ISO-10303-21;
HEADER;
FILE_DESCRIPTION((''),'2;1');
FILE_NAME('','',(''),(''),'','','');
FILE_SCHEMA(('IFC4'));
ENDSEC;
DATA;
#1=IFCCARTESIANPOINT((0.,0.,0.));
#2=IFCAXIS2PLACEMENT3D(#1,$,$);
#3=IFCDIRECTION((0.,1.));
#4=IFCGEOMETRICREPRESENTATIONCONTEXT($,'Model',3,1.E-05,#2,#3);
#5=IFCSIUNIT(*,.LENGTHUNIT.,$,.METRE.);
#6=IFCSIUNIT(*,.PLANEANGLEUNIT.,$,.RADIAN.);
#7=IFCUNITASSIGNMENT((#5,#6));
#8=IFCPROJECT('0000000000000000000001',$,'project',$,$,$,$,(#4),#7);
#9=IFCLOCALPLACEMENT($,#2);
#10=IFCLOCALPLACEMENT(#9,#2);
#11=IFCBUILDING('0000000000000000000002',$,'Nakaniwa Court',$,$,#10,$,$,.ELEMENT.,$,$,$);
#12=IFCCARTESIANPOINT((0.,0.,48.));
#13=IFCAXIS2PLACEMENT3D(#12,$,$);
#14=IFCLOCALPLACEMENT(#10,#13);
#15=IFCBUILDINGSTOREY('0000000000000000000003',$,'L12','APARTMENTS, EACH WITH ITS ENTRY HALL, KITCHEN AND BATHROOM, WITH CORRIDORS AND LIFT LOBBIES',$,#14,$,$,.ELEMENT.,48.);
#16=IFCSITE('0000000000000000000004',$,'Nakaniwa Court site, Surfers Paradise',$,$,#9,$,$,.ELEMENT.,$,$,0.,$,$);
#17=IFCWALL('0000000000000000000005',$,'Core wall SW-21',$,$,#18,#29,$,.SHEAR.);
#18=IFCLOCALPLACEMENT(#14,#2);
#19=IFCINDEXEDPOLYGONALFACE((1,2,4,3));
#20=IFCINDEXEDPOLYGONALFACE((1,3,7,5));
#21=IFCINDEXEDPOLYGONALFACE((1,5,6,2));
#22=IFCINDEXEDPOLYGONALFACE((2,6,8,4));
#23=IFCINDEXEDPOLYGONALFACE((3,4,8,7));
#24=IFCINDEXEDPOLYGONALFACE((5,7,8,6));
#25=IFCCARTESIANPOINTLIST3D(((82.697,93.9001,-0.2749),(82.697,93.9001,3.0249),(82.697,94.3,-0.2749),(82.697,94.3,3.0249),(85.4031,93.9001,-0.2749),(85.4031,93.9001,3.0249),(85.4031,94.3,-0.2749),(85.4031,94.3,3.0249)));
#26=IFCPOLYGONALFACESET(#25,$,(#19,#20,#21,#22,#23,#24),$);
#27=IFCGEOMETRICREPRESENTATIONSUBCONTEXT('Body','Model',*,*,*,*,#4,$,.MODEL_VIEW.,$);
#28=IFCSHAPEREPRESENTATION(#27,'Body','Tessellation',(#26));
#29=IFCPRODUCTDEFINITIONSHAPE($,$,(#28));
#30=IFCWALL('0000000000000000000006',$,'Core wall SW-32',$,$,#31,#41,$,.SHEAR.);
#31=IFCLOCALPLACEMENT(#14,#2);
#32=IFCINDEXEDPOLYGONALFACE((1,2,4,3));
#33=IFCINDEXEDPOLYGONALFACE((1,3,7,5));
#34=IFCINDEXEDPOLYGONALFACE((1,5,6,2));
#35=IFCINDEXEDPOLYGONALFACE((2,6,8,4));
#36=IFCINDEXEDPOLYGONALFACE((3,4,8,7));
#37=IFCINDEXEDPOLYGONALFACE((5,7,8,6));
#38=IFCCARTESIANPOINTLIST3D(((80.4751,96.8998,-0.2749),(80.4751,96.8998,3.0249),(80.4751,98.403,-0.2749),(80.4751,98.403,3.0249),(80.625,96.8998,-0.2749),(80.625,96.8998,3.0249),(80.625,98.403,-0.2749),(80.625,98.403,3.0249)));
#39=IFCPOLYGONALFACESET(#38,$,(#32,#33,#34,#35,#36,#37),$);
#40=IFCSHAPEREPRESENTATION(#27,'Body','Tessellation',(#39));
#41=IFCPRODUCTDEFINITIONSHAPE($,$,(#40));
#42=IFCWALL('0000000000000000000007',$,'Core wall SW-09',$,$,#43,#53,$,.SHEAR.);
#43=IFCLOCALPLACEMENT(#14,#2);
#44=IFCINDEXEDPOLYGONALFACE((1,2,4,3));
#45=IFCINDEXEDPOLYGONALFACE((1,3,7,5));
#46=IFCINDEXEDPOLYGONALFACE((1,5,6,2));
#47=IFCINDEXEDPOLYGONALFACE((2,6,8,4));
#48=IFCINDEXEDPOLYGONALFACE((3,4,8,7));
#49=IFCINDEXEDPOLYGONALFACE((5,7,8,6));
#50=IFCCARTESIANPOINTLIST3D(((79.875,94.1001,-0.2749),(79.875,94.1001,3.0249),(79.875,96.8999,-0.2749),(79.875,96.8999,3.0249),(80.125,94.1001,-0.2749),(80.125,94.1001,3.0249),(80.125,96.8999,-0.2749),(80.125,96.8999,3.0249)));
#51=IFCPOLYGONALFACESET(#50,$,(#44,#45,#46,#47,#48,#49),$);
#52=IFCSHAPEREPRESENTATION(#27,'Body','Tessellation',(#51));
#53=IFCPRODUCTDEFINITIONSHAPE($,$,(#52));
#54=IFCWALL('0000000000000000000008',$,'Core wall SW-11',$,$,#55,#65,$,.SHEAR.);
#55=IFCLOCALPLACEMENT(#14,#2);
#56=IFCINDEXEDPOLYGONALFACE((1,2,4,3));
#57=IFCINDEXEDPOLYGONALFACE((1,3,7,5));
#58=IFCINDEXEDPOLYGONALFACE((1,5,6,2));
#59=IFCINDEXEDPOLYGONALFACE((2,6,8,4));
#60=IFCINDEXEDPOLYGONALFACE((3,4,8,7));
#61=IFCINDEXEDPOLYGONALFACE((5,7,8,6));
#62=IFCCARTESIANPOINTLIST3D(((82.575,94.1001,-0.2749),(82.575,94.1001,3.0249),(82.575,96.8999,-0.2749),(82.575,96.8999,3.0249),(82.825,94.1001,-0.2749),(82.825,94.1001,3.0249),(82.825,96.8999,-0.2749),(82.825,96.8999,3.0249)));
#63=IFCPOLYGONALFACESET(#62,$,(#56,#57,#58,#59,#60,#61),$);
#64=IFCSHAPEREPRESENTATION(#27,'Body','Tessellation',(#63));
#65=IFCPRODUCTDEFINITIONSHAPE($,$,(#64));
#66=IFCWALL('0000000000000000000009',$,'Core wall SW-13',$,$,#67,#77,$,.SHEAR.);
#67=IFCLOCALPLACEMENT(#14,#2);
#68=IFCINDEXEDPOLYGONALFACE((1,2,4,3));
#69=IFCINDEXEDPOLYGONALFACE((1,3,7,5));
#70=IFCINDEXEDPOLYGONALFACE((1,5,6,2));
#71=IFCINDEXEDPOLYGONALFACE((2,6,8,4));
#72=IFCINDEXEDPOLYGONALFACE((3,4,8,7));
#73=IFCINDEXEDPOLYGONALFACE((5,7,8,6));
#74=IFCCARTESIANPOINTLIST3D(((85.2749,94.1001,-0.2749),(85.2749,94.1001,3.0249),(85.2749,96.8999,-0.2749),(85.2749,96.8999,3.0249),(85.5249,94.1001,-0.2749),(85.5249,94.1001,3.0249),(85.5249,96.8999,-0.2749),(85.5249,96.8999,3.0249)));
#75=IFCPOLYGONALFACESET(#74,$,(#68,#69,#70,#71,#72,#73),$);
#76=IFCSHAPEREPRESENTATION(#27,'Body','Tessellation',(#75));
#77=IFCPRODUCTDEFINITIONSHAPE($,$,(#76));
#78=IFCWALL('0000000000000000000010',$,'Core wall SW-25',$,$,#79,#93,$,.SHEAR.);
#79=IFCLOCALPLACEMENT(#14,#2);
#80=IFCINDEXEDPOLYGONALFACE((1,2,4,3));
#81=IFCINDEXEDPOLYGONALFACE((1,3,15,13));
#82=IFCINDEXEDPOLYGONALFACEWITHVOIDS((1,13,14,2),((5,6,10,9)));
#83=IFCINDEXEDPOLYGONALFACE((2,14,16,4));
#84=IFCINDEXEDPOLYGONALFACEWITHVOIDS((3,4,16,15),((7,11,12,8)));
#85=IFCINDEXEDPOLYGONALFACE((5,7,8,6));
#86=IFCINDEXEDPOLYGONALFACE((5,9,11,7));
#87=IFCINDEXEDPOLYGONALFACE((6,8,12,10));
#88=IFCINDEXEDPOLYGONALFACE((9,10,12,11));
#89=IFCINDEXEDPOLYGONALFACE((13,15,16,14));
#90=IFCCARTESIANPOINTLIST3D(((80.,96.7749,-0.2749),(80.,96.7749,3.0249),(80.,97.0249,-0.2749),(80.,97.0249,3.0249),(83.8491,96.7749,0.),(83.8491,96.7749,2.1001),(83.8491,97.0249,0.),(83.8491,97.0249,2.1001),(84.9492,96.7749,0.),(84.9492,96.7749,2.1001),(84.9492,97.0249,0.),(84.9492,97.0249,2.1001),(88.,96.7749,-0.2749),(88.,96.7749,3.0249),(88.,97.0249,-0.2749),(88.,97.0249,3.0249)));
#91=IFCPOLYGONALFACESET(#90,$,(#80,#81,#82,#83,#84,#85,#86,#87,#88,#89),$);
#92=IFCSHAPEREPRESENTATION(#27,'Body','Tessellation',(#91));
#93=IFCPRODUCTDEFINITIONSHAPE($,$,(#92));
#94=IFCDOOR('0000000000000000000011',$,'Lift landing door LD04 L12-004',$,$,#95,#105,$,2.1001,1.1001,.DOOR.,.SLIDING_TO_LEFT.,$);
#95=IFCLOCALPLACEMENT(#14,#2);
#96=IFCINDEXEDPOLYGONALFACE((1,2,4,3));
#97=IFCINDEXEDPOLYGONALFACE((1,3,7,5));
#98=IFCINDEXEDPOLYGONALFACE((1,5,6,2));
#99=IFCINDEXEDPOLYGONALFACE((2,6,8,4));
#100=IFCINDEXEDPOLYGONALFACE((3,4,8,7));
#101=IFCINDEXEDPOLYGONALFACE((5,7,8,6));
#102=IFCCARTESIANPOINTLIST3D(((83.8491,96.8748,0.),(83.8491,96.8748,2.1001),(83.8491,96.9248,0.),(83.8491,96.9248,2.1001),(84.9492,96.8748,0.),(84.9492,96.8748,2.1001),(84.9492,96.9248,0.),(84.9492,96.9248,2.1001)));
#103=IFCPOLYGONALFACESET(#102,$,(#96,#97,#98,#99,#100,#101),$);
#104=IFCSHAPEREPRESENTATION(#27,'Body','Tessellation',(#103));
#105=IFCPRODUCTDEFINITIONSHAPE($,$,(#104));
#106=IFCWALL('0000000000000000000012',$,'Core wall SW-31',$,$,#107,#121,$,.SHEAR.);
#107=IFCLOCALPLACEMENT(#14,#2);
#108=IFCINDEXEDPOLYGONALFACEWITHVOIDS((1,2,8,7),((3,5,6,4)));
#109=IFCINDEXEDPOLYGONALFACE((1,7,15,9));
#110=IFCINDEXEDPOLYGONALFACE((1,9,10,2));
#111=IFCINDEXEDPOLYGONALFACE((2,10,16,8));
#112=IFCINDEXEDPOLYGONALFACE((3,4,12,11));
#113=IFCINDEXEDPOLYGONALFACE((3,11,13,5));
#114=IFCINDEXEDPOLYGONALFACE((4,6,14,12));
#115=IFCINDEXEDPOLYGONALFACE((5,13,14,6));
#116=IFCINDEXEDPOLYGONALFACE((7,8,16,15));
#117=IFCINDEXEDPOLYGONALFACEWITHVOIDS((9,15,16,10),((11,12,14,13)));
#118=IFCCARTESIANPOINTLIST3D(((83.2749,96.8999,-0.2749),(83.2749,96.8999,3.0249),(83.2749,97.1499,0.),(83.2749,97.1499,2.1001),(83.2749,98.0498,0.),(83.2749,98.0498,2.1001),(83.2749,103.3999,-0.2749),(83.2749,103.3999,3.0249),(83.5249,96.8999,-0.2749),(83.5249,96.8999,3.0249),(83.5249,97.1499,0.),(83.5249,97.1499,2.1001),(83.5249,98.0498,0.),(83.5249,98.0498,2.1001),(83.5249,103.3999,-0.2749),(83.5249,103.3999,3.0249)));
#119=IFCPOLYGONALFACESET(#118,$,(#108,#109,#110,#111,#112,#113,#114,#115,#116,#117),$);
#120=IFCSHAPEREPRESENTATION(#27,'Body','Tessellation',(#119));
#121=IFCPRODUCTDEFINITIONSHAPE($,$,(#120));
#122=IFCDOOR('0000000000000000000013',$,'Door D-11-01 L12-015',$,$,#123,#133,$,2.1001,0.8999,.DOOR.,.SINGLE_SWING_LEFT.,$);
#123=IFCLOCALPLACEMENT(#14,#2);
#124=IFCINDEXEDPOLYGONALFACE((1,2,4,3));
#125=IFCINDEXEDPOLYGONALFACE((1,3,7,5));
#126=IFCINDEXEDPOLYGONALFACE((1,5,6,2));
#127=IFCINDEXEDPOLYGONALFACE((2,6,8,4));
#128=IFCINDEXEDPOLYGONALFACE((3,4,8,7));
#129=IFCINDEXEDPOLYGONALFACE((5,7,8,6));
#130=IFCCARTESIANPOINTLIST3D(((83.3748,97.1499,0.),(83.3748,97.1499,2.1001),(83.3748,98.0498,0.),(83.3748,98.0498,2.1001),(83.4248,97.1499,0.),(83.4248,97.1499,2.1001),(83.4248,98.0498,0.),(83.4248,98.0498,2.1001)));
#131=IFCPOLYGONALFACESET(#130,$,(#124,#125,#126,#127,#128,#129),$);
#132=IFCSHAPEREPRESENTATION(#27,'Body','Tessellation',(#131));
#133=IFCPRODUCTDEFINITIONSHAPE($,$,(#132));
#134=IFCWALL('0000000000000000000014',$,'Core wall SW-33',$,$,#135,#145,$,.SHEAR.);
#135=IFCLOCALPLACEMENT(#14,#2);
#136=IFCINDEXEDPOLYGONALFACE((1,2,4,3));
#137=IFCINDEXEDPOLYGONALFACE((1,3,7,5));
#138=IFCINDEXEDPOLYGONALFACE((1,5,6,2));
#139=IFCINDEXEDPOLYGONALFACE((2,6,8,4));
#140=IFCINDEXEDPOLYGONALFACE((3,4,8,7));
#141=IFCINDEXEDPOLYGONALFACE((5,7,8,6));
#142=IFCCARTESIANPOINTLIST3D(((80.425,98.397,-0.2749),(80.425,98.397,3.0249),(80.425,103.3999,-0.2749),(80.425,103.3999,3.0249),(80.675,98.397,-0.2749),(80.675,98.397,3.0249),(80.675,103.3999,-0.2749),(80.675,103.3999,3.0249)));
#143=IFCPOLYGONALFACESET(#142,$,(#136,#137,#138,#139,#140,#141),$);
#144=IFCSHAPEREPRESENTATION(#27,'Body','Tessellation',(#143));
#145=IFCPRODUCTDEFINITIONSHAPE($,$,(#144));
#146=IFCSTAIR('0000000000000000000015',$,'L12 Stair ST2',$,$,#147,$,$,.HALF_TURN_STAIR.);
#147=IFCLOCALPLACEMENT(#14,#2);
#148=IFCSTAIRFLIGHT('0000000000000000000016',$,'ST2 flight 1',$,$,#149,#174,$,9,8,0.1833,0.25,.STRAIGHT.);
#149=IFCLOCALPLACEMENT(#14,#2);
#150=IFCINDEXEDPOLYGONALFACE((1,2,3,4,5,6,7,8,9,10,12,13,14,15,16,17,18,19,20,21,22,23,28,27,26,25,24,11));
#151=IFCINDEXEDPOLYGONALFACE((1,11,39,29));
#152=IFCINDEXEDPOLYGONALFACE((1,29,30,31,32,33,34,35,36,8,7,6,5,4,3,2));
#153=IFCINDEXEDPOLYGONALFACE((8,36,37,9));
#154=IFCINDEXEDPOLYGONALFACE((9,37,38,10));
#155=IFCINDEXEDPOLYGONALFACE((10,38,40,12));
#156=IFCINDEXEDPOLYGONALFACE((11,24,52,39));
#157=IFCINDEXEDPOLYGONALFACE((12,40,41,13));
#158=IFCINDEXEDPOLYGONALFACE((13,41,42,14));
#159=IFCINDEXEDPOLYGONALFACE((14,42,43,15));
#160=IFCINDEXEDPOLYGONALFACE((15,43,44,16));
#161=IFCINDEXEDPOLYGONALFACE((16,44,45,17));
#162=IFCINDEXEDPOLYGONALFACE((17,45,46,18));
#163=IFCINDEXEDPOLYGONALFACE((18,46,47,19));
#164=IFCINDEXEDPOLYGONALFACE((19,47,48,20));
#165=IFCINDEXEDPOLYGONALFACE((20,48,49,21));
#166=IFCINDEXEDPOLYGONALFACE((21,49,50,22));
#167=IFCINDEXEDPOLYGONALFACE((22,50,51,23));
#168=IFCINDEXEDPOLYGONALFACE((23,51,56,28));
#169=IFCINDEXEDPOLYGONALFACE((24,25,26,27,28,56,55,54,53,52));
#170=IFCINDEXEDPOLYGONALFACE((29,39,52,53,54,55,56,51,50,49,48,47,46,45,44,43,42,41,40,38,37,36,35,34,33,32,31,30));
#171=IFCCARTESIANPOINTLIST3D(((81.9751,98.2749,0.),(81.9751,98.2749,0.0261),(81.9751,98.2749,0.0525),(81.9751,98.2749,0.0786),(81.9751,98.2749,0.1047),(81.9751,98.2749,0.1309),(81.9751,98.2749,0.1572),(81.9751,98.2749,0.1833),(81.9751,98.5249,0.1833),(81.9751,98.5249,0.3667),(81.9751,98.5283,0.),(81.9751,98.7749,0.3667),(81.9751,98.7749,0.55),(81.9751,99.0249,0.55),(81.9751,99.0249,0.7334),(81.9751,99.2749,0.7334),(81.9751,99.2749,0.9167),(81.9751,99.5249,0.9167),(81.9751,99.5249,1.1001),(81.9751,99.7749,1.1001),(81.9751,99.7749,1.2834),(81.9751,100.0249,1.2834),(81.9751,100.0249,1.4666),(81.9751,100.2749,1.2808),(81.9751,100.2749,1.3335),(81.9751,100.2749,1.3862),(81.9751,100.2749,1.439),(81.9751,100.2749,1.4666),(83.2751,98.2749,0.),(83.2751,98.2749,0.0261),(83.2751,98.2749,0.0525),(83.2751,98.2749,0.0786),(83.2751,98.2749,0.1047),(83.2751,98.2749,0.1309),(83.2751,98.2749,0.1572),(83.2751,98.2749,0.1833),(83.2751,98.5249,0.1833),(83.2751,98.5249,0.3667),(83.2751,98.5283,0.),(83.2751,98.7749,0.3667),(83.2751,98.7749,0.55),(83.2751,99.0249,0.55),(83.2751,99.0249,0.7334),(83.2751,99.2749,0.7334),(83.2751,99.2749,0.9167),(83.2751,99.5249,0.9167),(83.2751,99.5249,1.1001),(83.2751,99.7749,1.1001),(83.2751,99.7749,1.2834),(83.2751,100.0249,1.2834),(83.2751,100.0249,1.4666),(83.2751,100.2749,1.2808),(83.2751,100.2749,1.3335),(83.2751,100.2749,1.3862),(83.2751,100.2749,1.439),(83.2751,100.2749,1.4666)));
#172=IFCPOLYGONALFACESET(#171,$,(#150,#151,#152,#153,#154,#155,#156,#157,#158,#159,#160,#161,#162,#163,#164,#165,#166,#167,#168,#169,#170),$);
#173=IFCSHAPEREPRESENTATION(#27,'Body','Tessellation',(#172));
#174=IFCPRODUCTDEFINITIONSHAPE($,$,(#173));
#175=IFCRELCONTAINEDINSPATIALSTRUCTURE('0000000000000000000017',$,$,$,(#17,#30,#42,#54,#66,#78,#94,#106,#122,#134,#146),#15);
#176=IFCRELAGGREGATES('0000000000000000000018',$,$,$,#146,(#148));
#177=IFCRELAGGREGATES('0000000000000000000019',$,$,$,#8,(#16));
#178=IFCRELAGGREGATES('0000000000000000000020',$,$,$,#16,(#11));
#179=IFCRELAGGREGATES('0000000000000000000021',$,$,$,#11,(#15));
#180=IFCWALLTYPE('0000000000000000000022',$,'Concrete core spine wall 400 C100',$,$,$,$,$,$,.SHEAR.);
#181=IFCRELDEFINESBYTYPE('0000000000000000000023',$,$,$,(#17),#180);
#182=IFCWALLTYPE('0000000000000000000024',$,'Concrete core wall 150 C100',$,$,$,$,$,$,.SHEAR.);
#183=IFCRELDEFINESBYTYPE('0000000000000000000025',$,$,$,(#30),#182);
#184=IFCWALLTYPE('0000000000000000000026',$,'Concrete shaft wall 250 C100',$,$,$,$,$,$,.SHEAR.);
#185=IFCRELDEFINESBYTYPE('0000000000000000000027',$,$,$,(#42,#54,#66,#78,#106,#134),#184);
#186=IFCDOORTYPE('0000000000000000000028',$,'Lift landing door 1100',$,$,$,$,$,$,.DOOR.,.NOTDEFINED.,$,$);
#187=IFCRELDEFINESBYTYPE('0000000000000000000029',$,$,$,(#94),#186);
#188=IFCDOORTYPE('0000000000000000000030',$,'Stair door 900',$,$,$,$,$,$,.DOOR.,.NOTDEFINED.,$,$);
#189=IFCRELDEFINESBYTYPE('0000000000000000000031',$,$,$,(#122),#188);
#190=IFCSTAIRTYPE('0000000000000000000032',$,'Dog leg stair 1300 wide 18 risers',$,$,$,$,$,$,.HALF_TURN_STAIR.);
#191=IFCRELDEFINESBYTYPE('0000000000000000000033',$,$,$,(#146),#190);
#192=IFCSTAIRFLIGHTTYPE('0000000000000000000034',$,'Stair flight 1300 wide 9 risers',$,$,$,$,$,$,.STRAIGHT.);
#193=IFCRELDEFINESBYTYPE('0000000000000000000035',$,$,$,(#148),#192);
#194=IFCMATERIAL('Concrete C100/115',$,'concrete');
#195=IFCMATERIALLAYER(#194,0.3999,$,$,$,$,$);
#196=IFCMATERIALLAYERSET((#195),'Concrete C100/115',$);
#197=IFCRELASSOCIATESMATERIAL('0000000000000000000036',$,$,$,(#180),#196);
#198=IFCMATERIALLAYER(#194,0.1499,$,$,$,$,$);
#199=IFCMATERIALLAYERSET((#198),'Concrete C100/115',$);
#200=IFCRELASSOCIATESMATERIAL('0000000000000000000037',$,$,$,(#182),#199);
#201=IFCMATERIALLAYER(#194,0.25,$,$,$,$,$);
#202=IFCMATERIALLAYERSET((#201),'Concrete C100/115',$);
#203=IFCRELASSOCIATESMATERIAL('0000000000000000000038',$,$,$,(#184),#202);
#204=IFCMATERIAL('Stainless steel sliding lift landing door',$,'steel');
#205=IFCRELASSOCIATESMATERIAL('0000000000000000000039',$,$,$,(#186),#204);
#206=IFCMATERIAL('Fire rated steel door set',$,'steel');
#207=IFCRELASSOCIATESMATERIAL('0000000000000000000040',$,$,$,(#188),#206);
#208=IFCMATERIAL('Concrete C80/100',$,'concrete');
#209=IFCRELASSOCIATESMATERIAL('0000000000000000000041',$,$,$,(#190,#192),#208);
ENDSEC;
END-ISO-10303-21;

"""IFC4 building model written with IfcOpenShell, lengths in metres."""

from ifc_helpers import new_model, si_unit, direction, frame, frame_2d, origin, place, context, subcontext, project, spatial, polyline, rectangle, outline, extrude, material, layer, layer_set, type_object, element, fill, aggregate, save


model = new_model("IFC4")

# Units and contexts
model_context = context("Model", 3, precision=1e-05, world=origin(), true_north=direction((0.0, 1.0)))
body_context = subcontext(model_context, "Body", "Model", "MODEL_VIEW")
ifc_project = project(units=[si_unit("LENGTHUNIT", "METRE"), si_unit("PLANEANGLEUNIT", "RADIAN")], contexts=[model_context])

# Site, building, storey
site_placement = place(None, origin())
site = spatial("IfcSite", under=ifc_project, at=site_placement, Name="Nakaniwa Court site, Surfers Paradise", CompositionType="ELEMENT", RefElevation=0.0)
building_placement = place(site_placement, origin())
building = spatial("IfcBuilding", under=site, at=building_placement, Name="Nakaniwa Court", CompositionType="ELEMENT")
storey_placement = place(building_placement, frame((0.0, 0.0, 48.0)))
storey = spatial("IfcBuildingStorey", under=building, at=storey_placement, Name="L12", Description="APARTMENTS, EACH WITH ITS ENTRY HALL, KITCHEN AND BATHROOM, WITH CORRIDORS AND LIFT LOBBIES", CompositionType="ELEMENT", Elevation=48.0)

# Shared definitions
ifc_material_1 = material(Name="Concrete C80/100", Category="concrete")

# Shared definitions
ifc_material_2 = material(Name="Fire rated steel door set", Category="steel")

# Shared definitions
ifc_material_3 = material(Name="Concrete C100/115", Category="concrete")

# Walls
ifc_layer_1 = layer(ifc_material_3, 0.3999)
ifc_layer_set_1 = layer_set([ifc_layer_1], Name="Concrete C100/115")
wall_type_1 = type_object("IfcWallType", Name="Concrete core spine wall 400 C100", PredefinedType="SHEAR", material=ifc_layer_set_1)
wall_1_placement = place(storey_placement, frame((82.697, 94.1001, -0.2749), z_axis=(0.0, 0.0, 1.0), x_axis=(1.0, 0.0, 0.0)))
element("IfcWall", 1, at=wall_1_placement, inside=storey, type_object=wall_type_1, Name="Core wall SW-21", PredefinedType="SHEAR", context=body_context, shape_type="SweptSolid", body=[
    extrude(rectangle(XDim=2.7061, YDim=0.3999, at=frame_2d((1.353, 0.0))), origin(), (0.0, 0.0, 1.0), 3.2998),
])
ifc_layer_2 = layer(ifc_material_3, 0.1499)
ifc_layer_set_2 = layer_set([ifc_layer_2], Name="Concrete C100/115")
wall_type_2 = type_object("IfcWallType", Name="Concrete core wall 150 C100", PredefinedType="SHEAR", material=ifc_layer_set_2)
wall_2_placement = place(storey_placement, frame((80.55, 96.8999, -0.2749), z_axis=(0.0, 0.0, 1.0), x_axis=(0.0, 1.0, 0.0)))
element("IfcWall", 2, at=wall_2_placement, inside=storey, type_object=wall_type_2, Name="Core wall SW-32", PredefinedType="SHEAR", context=body_context, shape_type="SweptSolid", body=[
    extrude(rectangle(XDim=1.5032, YDim=0.1499, at=frame_2d((0.7515, 0.0))), origin(), (0.0, 0.0, 1.0), 3.2998),
])
ifc_layer_3 = layer(ifc_material_3, 0.25)
ifc_layer_set_3 = layer_set([ifc_layer_3], Name="Concrete C100/115")
wall_type_3 = type_object("IfcWallType", Name="Concrete shaft wall 250 C100", PredefinedType="SHEAR", material=ifc_layer_set_3)
for number, where, z_axis, x_axis, name in (
    (3, (80.0, 94.1001, -0.2749), (0.0, 0.0, 1.0), (0.0, 1.0, 0.0), "Core wall SW-09"),
    (4, (82.7, 94.1001, -0.2749), (0.0, 0.0, 1.0), (0.0, 1.0, 0.0), "Core wall SW-11"),
    (5, (85.3999, 94.1001, -0.2749), (0.0, 0.0, 1.0), (0.0, 1.0, 0.0), "Core wall SW-13"),
):
    element("IfcWall", number, at=place(storey_placement, frame(where, z_axis=z_axis, x_axis=x_axis)), inside=storey, type_object=wall_type_3, Name=name, PredefinedType="SHEAR", context=body_context, shape_type="SweptSolid", body=[
        extrude(rectangle(XDim=2.7998, YDim=0.25, at=frame_2d((1.3999, 0.0))), origin(), (0.0, 0.0, 1.0), 3.2998),
    ])

# Walls, openings, doors
wall_3_placement = place(storey_placement, frame((80.0, 96.8999, -0.2749), z_axis=(0.0, 0.0, 1.0), x_axis=(1.0, 0.0, 0.0)))
wall_3 = element("IfcWall", 6, at=wall_3_placement, inside=storey, type_object=wall_type_3, Name="Core wall SW-25", PredefinedType="SHEAR", context=body_context, shape_type="SweptSolid", body=[
    extrude(rectangle(XDim=8.0, YDim=0.25, at=frame_2d((4.0, 0.0))), origin(), (0.0, 0.0, 1.0), 3.2998),
])
opening_1_placement = place(wall_3_placement, frame((3.8491, 0.0, 0.2749)))
opening_1 = element("IfcOpeningElement", 7, at=opening_1_placement, cuts=wall_3, PredefinedType="OPENING", context=body_context, shape_type="SweptSolid", body=[
    extrude(rectangle(XDim=1.1001, YDim=2.1001, at=frame_2d((0.55, 1.05))), frame((0.0, 0.135, 0.0), z_axis=(0.0, -1.0, 0.0), x_axis=(1.0, 0.0, 0.0)), (0.0, 0.0, 1.0), 0.27),
])
ifc_material_4 = material(Name="Stainless steel sliding lift landing door", Category="steel")
door_type_1 = type_object("IfcDoorType", Name="Lift landing door 1100", OperationType="NOTDEFINED", PredefinedType="DOOR", material=ifc_material_4)
door_1_placement = place(opening_1_placement, origin())
door_1 = element("IfcDoor", 8, at=door_1_placement, inside=storey, type_object=door_type_1, Name="Lift landing door LD04 L12-004", OperationType="SLIDING_TO_LEFT", OverallHeight=2.1001, OverallWidth=1.1001, PredefinedType="DOOR", context=body_context, shape_type="SweptSolid", body=[
    extrude(rectangle(XDim=1.1001, YDim=2.1001, at=frame_2d((0.55, 1.05))), frame((0.0, 0.0249, 0.0), z_axis=(0.0, -1.0, 0.0), x_axis=(1.0, 0.0, 0.0)), (0.0, 0.0, 1.0), 0.05),
])
fill(opening_1, door_1)
wall_4_placement = place(storey_placement, frame((83.3999, 103.3999, -0.2749), z_axis=(0.0, 0.0, 1.0), x_axis=(0.0, -1.0, 0.0)))
wall_4 = element("IfcWall", 9, at=wall_4_placement, inside=storey, type_object=wall_type_3, Name="Core wall SW-31", PredefinedType="SHEAR", context=body_context, shape_type="SweptSolid", body=[
    extrude(rectangle(XDim=6.5, YDim=0.25, at=frame_2d((3.25, 0.0))), origin(), (0.0, 0.0, 1.0), 3.2998),
])
opening_2_placement = place(wall_4_placement, frame((5.3501, 0.0, 0.2749)))
opening_2 = element("IfcOpeningElement", 10, at=opening_2_placement, cuts=wall_4, PredefinedType="OPENING", context=body_context, shape_type="SweptSolid", body=[
    extrude(rectangle(XDim=0.8999, YDim=2.1001, at=frame_2d((0.45, 1.05))), frame((0.0, 0.135, 0.0), z_axis=(0.0, -1.0, 0.0), x_axis=(1.0, 0.0, 0.0)), (0.0, 0.0, 1.0), 0.27),
])
door_type_2 = type_object("IfcDoorType", Name="Stair door 900", OperationType="NOTDEFINED", PredefinedType="DOOR", material=ifc_material_2)
door_2_placement = place(opening_2_placement, origin())
door_2 = element("IfcDoor", 11, at=door_2_placement, inside=storey, type_object=door_type_2, Name="Door D-11-01 L12-015", OperationType="SINGLE_SWING_LEFT", OverallHeight=2.1001, OverallWidth=0.8999, PredefinedType="DOOR", context=body_context, shape_type="SweptSolid", body=[
    extrude(rectangle(XDim=0.8999, YDim=2.1001, at=frame_2d((0.45, 1.05))), frame((0.0, 0.0249, 0.0), z_axis=(0.0, -1.0, 0.0), x_axis=(1.0, 0.0, 0.0)), (0.0, 0.0, 1.0), 0.05),
])
fill(opening_2, door_2)

# Wall
wall_5_placement = place(storey_placement, frame((80.55, 98.397, -0.2749), z_axis=(0.0, 0.0, 1.0), x_axis=(0.0, 1.0, 0.0)))
element("IfcWall", 12, at=wall_5_placement, inside=storey, type_object=wall_type_3, Name="Core wall SW-33", PredefinedType="SHEAR", context=body_context, shape_type="SweptSolid", body=[
    extrude(rectangle(XDim=5.0029, YDim=0.25, at=frame_2d((2.5015, 0.0))), origin(), (0.0, 0.0, 1.0), 3.2998),
])

# Stair, stair flight
stair_type = type_object("IfcStairType", Name="Dog leg stair 1300 wide 18 risers", PredefinedType="HALF_TURN_STAIR", material=ifc_material_1)
stair_placement = place(storey_placement, origin())
stair = element("IfcStair", 13, at=stair_placement, inside=storey, type_object=stair_type, Name="L12 Stair ST2", PredefinedType="HALF_TURN_STAIR")
stair_flight_type = type_object("IfcStairFlightType", Name="Stair flight 1300 wide 9 risers", PredefinedType="STRAIGHT", material=ifc_material_1)
stair_flight_1_placement = place(storey_placement, frame((82.625, 98.2749, 0.0), z_axis=(0.0, 0.0, 1.0), x_axis=(0.0, 1.0, 0.0)))
stair_flight_1 = element("IfcStairFlight", 14, at=stair_flight_1_placement, type_object=stair_flight_type, Name="ST2 flight 1", NumberOfRisers=9, NumberOfTreads=8, PredefinedType="STRAIGHT", RiserHeight=0.1833, TreadLength=0.25, context=body_context, shape_type="SweptSolid", body=[
    extrude(outline(polyline([(0.0, 0.0), (0.0, 0.0261), (0.0, 0.0525), (0.0, 0.0786), (0.0, 0.1047), (0.0, 0.1309), (0.0, 0.1572), (0.0, 0.1833), (0.25, 0.1833), (0.25, 0.3667), (0.5, 0.3667), (0.5, 0.55), (0.75, 0.55), (0.75, 0.7334), (1.0, 0.7334), (1.0, 0.9167), (1.25, 0.9167), (1.25, 1.1001), (1.5, 1.1001), (1.5, 1.2834), (1.75, 1.2834), (1.75, 1.4666), (2.0, 1.4666), (2.0, 1.6499), (2.0, 1.5972), (2.0, 1.5444), (2.0, 1.4917), (2.0, 1.439), (2.0, 1.3862), (2.0, 1.3335), (2.0, 1.2808), (0.2534, 0.0), (0.0, 0.0)])), frame((0.0, 0.6499, 0.0), z_axis=(0.0, -1.0, 0.0), x_axis=(1.0, 0.0, 0.0)), (0.0, 0.0, 1.0), 1.3),
])
aggregate(stair, [stair_flight_1])

save(model, "model.ifc")
